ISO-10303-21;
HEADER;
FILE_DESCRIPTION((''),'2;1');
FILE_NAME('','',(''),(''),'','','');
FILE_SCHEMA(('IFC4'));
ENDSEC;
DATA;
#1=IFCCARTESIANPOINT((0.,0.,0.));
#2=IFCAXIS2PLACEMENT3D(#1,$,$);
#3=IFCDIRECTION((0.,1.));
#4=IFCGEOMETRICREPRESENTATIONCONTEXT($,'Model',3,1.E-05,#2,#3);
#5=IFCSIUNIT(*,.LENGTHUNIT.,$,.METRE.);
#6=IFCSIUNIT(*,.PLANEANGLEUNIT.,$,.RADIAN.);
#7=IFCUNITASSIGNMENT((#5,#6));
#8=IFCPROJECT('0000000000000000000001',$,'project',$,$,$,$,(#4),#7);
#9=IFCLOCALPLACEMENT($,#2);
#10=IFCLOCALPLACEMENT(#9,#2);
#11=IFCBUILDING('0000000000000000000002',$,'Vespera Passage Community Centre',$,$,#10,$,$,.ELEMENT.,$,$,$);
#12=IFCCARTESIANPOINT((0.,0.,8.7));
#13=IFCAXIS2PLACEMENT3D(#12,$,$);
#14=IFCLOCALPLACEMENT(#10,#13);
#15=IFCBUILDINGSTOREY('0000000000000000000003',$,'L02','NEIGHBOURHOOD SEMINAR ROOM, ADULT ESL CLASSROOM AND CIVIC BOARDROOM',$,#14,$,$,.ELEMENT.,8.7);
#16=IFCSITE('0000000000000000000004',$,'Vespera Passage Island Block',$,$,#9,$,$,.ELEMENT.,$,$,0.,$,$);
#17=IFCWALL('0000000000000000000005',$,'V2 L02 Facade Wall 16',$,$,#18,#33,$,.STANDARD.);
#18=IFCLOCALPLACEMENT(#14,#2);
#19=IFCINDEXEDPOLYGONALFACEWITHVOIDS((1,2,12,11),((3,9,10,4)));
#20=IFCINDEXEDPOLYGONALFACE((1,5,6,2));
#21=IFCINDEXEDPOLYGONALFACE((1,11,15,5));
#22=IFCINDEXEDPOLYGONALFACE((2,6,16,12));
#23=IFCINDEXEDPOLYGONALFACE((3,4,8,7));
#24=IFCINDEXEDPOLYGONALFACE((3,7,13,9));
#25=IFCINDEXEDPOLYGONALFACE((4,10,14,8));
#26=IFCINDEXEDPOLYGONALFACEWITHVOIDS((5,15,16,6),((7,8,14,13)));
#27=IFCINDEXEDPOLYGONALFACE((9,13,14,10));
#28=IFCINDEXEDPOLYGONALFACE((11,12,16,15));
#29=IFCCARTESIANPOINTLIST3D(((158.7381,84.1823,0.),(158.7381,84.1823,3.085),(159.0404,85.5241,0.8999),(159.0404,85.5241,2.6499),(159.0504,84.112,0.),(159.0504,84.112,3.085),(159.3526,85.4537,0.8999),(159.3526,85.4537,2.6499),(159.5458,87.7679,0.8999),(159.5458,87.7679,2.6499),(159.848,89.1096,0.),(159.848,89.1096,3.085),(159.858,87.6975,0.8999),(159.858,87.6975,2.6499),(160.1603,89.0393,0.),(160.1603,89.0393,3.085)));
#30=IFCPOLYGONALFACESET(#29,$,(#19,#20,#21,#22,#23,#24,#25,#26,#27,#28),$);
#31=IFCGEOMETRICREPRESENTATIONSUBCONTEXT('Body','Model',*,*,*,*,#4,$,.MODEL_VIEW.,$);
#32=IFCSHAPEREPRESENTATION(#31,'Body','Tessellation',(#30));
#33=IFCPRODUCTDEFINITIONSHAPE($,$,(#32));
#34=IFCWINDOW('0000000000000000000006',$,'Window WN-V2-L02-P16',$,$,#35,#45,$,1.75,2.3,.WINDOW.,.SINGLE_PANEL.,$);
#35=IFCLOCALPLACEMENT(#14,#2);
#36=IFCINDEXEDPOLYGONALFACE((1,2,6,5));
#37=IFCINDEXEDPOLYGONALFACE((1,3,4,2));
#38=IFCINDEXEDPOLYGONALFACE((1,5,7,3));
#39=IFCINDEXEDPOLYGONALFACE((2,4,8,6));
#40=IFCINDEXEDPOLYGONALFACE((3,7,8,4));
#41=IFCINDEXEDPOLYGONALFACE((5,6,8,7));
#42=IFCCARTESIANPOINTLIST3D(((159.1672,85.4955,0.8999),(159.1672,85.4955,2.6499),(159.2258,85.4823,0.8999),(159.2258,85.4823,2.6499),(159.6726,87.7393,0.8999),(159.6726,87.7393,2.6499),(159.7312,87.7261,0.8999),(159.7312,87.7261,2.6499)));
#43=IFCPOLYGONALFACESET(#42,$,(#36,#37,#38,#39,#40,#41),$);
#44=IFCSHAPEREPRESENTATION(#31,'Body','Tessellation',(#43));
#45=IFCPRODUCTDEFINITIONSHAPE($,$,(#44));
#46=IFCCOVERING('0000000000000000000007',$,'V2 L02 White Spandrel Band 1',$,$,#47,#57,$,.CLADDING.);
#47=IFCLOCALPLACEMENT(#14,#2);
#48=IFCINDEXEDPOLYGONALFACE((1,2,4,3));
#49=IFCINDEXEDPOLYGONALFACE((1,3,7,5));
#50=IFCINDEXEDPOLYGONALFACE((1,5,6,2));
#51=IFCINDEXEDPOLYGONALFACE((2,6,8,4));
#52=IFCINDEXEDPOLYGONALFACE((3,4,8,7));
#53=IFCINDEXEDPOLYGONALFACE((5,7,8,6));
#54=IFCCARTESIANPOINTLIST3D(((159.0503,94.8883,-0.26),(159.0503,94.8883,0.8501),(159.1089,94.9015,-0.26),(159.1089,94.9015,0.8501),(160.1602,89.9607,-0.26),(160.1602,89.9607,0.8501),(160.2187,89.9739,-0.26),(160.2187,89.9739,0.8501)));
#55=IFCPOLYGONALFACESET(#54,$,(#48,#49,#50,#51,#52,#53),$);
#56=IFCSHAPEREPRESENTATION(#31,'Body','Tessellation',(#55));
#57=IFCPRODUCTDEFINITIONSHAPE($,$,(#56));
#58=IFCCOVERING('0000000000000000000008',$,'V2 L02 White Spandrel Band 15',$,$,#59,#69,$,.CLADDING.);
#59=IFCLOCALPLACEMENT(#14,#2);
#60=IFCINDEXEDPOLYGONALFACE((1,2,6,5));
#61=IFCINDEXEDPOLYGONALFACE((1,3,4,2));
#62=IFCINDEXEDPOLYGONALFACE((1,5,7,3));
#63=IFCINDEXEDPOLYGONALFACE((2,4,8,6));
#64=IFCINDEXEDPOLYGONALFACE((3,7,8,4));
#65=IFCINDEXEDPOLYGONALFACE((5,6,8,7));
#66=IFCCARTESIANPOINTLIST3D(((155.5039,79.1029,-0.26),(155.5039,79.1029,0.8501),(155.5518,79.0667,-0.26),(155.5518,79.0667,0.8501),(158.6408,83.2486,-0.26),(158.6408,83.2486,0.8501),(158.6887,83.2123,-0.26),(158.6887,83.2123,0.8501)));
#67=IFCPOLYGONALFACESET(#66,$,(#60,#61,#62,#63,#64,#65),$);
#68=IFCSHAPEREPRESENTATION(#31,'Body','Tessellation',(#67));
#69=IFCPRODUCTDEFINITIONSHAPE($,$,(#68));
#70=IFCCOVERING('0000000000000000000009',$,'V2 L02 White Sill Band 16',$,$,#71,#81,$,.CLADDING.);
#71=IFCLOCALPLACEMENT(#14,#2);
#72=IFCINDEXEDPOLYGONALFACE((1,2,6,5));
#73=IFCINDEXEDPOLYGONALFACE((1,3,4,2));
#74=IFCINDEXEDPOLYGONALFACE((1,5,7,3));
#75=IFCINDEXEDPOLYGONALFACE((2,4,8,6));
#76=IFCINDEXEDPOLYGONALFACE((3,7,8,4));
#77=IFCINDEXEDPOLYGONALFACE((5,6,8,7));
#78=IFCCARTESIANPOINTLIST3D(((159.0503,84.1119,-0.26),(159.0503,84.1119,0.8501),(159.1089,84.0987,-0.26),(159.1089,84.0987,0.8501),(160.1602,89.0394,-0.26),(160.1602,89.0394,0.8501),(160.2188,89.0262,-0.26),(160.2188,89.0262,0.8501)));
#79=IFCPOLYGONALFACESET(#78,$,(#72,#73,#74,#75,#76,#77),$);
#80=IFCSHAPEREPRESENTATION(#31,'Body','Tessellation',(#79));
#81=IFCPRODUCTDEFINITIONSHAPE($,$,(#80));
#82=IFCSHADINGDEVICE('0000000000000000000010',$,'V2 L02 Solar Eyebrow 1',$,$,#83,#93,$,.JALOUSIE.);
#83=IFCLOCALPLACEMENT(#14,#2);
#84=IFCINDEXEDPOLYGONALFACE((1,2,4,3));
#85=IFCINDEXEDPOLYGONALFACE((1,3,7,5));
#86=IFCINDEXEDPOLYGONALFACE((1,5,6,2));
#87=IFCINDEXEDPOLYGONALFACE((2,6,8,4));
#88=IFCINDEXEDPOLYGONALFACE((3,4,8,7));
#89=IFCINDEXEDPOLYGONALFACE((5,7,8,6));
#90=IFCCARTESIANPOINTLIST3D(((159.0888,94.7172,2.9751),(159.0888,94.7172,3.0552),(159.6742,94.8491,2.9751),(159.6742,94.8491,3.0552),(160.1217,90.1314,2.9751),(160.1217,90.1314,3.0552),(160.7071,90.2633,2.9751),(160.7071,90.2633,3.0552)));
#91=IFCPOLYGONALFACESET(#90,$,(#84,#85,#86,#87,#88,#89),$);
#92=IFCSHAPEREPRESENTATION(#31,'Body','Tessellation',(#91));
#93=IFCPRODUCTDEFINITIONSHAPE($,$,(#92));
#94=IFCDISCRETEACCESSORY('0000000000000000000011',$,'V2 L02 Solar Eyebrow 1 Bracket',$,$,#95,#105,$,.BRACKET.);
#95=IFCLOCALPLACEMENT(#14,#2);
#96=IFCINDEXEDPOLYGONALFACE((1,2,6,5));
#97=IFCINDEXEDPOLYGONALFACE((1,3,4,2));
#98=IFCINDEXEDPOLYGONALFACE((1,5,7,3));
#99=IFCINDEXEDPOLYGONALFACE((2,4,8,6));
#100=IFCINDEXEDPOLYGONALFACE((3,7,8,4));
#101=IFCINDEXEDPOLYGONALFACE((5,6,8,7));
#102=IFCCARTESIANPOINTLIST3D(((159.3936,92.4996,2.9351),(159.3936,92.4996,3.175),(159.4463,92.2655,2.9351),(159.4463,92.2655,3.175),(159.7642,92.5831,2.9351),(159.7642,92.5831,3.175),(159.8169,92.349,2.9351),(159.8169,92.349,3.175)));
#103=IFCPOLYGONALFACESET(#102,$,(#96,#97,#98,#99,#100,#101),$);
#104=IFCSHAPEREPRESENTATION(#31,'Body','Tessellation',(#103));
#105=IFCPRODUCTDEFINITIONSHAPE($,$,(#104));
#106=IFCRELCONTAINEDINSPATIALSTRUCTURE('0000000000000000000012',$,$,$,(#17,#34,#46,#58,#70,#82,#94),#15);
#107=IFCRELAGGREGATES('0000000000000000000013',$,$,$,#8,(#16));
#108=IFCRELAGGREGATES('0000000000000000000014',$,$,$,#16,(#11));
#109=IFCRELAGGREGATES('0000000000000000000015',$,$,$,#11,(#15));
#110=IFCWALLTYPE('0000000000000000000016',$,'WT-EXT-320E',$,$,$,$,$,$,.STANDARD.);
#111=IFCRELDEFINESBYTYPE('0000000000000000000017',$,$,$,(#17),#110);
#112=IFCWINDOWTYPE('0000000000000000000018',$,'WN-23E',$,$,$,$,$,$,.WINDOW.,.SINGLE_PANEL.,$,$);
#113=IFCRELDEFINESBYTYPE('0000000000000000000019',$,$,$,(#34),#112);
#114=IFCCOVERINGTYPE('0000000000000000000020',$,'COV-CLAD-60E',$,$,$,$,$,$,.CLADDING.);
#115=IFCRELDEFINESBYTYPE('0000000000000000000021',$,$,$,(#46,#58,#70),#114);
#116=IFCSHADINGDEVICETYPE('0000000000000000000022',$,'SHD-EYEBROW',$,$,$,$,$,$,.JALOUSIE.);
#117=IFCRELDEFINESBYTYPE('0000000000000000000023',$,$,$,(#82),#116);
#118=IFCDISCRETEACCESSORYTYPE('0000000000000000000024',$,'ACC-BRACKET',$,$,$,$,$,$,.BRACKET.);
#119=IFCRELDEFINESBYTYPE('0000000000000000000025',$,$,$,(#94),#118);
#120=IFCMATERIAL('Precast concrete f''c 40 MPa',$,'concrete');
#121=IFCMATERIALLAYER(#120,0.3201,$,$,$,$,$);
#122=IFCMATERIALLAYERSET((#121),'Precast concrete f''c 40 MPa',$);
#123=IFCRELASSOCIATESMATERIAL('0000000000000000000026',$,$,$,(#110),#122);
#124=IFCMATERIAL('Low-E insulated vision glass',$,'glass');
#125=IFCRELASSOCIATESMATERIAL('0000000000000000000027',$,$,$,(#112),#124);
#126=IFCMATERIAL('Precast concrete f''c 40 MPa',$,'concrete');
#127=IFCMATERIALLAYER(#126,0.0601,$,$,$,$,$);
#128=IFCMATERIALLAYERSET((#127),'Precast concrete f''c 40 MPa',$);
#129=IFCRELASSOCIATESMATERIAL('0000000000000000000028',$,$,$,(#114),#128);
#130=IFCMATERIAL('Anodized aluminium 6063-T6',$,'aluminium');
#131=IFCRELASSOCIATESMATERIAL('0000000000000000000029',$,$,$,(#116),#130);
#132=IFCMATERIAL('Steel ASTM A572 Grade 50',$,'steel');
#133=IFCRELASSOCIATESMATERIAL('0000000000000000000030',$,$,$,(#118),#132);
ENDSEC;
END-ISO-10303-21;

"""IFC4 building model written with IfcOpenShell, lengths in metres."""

from ifc_helpers import new_model, si_unit, direction, frame, frame_2d, origin, origin_2d, place, context, subcontext, project, spatial, rectangle, extrude, material, layer, layer_set, type_object, element, fill, save


model = new_model("IFC4")

# Units and contexts
model_context = context("Model", 3, precision=1e-05, world=origin(), true_north=direction((0.0, 1.0)))
body_context = subcontext(model_context, "Body", "Model", "MODEL_VIEW")
ifc_project = project(units=[si_unit("LENGTHUNIT", "METRE"), si_unit("PLANEANGLEUNIT", "RADIAN")], contexts=[model_context])

# Site, building, storey
site_placement = place(None, origin())
site = spatial("IfcSite", under=ifc_project, at=site_placement, Name="Vespera Passage Island Block", CompositionType="ELEMENT", RefElevation=0.0)
building_placement = place(site_placement, origin())
building = spatial("IfcBuilding", under=site, at=building_placement, Name="Vespera Passage Community Centre", CompositionType="ELEMENT")
storey_placement = place(building_placement, frame((0.0, 0.0, 8.7)))
storey = spatial("IfcBuildingStorey", under=building, at=storey_placement, Name="L02", Description="NEIGHBOURHOOD SEMINAR ROOM, ADULT ESL CLASSROOM AND CIVIC BOARDROOM", CompositionType="ELEMENT", Elevation=8.7)

# Shared definitions
ifc_material_1 = material(Name="Precast concrete f'c 40 MPa", Category="concrete")
ifc_layer_1 = layer(ifc_material_1, 0.3201)
ifc_layer_set_1 = layer_set([ifc_layer_1], Name="Precast concrete f'c 40 MPa")
wall_type_1 = type_object("IfcWallType", Name="WT-EXT-320E", PredefinedType="STANDARD", material=ifc_layer_set_1)

# Wall, opening, window
wall_1_placement = place(storey_placement, frame((160.0042, 89.0745, 0.0), z_axis=(0.0, 0.0, 1.0), x_axis=(-0.219745, -0.975557, 0.0)))
wall_1 = element("IfcWall", 1, at=wall_1_placement, inside=storey, type_object=wall_type_1, Name="V2 L02 Facade Wall 16", PredefinedType="STANDARD", context=body_context, shape_type="SweptSolid", body=[
    extrude(rectangle(XDim=5.0508, YDim=0.3201, at=frame_2d((2.5254, 0.0))), origin(), (0.0, 0.0, 1.0), 3.085),
])
opening_placement = place(wall_1_placement, frame((1.3755, 0.0, 0.8999)))
opening = element("IfcOpeningElement", 2, at=opening_placement, cuts=wall_1, PredefinedType="OPENING", context=body_context, shape_type="SweptSolid", body=[
    extrude(rectangle(XDim=2.3, YDim=1.75, at=frame_2d((1.1499, 0.875))), frame((0.0, 0.1702, 0.0), z_axis=(0.0, -1.0, 0.0), x_axis=(1.0, 0.0, 0.0)), (0.0, 0.0, 1.0), 0.3401),
])
ifc_material_2 = material(Name="Low-E insulated vision glass", Category="glass")
window_type = type_object("IfcWindowType", Name="WN-23E", PartitioningType="SINGLE_PANEL", PredefinedType="WINDOW", material=ifc_material_2)
window_placement = place(opening_placement, origin())
window = element("IfcWindow", 3, at=window_placement, inside=storey, type_object=window_type, Name="Window WN-V2-L02-P16", OverallHeight=1.75, OverallWidth=2.3, PartitioningType="SINGLE_PANEL", PredefinedType="WINDOW", context=body_context, shape_type="SweptSolid", body=[
    extrude(rectangle(XDim=2.3, YDim=1.75, at=frame_2d((1.1499, 0.875))), frame((0.0, 0.03, 0.0), z_axis=(0.0, -1.0, 0.0), x_axis=(1.0, 0.0, 0.0)), (0.0, 0.0, 1.0), 0.0601),
])
fill(opening, window)

# Coverings
ifc_material_3 = material(Name="Precast concrete f'c 40 MPa", Category="concrete")
ifc_layer_2 = layer(ifc_material_3, 0.0601)
ifc_layer_set_2 = layer_set([ifc_layer_2], Name="Precast concrete f'c 40 MPa")
covering_type = type_object("IfcCoveringType", Name="COV-CLAD-60E", PredefinedType="CLADDING", material=ifc_layer_set_2)
covering_1_placement = place(storey_placement, frame((159.0796, 94.8948, -0.26), z_axis=(0.0, 0.0, 1.0), x_axis=(0.219734, -0.97556, 0.0)))
element("IfcCovering", 4, at=covering_1_placement, inside=storey, type_object=covering_type, Name="V2 L02 White Spandrel Band 1", PredefinedType="CLADDING", context=body_context, shape_type="SweptSolid", body=[
    extrude(rectangle(XDim=5.051, YDim=0.0601, at=frame_2d((2.5254, 0.0))), origin(), (0.0, 0.0, 1.0), 1.1101),
])
covering_2_placement = place(storey_placement, frame((158.6648, 83.2305, -0.26), z_axis=(0.0, 0.0, 1.0), x_axis=(-0.603398, -0.79744, 0.0)))
element("IfcCovering", 5, at=covering_2_placement, inside=storey, type_object=covering_type, Name="V2 L02 White Spandrel Band 15", PredefinedType="CLADDING", context=body_context, shape_type="SweptSolid", body=[
    extrude(rectangle(XDim=5.1987, YDim=0.0601, at=frame_2d((2.5994, 0.0))), origin(), (0.0, 0.0, 1.0), 1.1101),
])
covering_3_placement = place(storey_placement, frame((160.1895, 89.0327, -0.26), z_axis=(0.0, 0.0, 1.0), x_axis=(-0.219734, -0.97556, 0.0)))
element("IfcCovering", 6, at=covering_3_placement, inside=storey, type_object=covering_type, Name="V2 L02 White Sill Band 16", PredefinedType="CLADDING", context=body_context, shape_type="SweptSolid", body=[
    extrude(rectangle(XDim=5.051, YDim=0.0601, at=frame_2d((2.5254, 0.0))), origin(), (0.0, 0.0, 1.0), 1.1101),
])

# Shading device
ifc_material_4 = material(Name="Anodized aluminium 6063-T6", Category="aluminium")
shading_device_type = type_object("IfcShadingDeviceType", Name="SHD-EYEBROW", PredefinedType="JALOUSIE", material=ifc_material_4)
shading_device_placement = place(storey_placement, frame((159.8979, 92.4902, 2.9751), z_axis=(0.0, 0.0, 1.0), x_axis=(0.219744, -0.975558, 0.0)))
element("IfcShadingDevice", 7, at=shading_device_placement, inside=storey, type_object=shading_device_type, Name="V2 L02 Solar Eyebrow 1", PredefinedType="JALOUSIE", context=body_context, shape_type="SweptSolid", body=[
    extrude(rectangle(XDim=4.7007, YDim=0.6001, at=origin_2d()), origin(), (0.0, 0.0, 1.0), 0.0801),
])

# Discrete accessory
ifc_material_5 = material(Name="Steel ASTM A572 Grade 50", Category="steel")
discrete_accessory_type = type_object("IfcDiscreteAccessoryType", Name="ACC-BRACKET", PredefinedType="BRACKET", material=ifc_material_5)
discrete_accessory_placement = place(storey_placement, frame((159.6052, 92.4243, 2.9351), z_axis=(0.0, 0.0, 1.0), x_axis=(0.219744, -0.975558, 0.0)))
element("IfcDiscreteAccessory", 8, at=discrete_accessory_placement, inside=storey, type_object=discrete_accessory_type, Name="V2 L02 Solar Eyebrow 1 Bracket", PredefinedType="BRACKET", context=body_context, shape_type="SweptSolid", body=[
    extrude(rectangle(XDim=0.24, YDim=0.3799, at=origin_2d()), origin(), (0.0, 0.0, 1.0), 0.24),
])

save(model, "model.ifc")
